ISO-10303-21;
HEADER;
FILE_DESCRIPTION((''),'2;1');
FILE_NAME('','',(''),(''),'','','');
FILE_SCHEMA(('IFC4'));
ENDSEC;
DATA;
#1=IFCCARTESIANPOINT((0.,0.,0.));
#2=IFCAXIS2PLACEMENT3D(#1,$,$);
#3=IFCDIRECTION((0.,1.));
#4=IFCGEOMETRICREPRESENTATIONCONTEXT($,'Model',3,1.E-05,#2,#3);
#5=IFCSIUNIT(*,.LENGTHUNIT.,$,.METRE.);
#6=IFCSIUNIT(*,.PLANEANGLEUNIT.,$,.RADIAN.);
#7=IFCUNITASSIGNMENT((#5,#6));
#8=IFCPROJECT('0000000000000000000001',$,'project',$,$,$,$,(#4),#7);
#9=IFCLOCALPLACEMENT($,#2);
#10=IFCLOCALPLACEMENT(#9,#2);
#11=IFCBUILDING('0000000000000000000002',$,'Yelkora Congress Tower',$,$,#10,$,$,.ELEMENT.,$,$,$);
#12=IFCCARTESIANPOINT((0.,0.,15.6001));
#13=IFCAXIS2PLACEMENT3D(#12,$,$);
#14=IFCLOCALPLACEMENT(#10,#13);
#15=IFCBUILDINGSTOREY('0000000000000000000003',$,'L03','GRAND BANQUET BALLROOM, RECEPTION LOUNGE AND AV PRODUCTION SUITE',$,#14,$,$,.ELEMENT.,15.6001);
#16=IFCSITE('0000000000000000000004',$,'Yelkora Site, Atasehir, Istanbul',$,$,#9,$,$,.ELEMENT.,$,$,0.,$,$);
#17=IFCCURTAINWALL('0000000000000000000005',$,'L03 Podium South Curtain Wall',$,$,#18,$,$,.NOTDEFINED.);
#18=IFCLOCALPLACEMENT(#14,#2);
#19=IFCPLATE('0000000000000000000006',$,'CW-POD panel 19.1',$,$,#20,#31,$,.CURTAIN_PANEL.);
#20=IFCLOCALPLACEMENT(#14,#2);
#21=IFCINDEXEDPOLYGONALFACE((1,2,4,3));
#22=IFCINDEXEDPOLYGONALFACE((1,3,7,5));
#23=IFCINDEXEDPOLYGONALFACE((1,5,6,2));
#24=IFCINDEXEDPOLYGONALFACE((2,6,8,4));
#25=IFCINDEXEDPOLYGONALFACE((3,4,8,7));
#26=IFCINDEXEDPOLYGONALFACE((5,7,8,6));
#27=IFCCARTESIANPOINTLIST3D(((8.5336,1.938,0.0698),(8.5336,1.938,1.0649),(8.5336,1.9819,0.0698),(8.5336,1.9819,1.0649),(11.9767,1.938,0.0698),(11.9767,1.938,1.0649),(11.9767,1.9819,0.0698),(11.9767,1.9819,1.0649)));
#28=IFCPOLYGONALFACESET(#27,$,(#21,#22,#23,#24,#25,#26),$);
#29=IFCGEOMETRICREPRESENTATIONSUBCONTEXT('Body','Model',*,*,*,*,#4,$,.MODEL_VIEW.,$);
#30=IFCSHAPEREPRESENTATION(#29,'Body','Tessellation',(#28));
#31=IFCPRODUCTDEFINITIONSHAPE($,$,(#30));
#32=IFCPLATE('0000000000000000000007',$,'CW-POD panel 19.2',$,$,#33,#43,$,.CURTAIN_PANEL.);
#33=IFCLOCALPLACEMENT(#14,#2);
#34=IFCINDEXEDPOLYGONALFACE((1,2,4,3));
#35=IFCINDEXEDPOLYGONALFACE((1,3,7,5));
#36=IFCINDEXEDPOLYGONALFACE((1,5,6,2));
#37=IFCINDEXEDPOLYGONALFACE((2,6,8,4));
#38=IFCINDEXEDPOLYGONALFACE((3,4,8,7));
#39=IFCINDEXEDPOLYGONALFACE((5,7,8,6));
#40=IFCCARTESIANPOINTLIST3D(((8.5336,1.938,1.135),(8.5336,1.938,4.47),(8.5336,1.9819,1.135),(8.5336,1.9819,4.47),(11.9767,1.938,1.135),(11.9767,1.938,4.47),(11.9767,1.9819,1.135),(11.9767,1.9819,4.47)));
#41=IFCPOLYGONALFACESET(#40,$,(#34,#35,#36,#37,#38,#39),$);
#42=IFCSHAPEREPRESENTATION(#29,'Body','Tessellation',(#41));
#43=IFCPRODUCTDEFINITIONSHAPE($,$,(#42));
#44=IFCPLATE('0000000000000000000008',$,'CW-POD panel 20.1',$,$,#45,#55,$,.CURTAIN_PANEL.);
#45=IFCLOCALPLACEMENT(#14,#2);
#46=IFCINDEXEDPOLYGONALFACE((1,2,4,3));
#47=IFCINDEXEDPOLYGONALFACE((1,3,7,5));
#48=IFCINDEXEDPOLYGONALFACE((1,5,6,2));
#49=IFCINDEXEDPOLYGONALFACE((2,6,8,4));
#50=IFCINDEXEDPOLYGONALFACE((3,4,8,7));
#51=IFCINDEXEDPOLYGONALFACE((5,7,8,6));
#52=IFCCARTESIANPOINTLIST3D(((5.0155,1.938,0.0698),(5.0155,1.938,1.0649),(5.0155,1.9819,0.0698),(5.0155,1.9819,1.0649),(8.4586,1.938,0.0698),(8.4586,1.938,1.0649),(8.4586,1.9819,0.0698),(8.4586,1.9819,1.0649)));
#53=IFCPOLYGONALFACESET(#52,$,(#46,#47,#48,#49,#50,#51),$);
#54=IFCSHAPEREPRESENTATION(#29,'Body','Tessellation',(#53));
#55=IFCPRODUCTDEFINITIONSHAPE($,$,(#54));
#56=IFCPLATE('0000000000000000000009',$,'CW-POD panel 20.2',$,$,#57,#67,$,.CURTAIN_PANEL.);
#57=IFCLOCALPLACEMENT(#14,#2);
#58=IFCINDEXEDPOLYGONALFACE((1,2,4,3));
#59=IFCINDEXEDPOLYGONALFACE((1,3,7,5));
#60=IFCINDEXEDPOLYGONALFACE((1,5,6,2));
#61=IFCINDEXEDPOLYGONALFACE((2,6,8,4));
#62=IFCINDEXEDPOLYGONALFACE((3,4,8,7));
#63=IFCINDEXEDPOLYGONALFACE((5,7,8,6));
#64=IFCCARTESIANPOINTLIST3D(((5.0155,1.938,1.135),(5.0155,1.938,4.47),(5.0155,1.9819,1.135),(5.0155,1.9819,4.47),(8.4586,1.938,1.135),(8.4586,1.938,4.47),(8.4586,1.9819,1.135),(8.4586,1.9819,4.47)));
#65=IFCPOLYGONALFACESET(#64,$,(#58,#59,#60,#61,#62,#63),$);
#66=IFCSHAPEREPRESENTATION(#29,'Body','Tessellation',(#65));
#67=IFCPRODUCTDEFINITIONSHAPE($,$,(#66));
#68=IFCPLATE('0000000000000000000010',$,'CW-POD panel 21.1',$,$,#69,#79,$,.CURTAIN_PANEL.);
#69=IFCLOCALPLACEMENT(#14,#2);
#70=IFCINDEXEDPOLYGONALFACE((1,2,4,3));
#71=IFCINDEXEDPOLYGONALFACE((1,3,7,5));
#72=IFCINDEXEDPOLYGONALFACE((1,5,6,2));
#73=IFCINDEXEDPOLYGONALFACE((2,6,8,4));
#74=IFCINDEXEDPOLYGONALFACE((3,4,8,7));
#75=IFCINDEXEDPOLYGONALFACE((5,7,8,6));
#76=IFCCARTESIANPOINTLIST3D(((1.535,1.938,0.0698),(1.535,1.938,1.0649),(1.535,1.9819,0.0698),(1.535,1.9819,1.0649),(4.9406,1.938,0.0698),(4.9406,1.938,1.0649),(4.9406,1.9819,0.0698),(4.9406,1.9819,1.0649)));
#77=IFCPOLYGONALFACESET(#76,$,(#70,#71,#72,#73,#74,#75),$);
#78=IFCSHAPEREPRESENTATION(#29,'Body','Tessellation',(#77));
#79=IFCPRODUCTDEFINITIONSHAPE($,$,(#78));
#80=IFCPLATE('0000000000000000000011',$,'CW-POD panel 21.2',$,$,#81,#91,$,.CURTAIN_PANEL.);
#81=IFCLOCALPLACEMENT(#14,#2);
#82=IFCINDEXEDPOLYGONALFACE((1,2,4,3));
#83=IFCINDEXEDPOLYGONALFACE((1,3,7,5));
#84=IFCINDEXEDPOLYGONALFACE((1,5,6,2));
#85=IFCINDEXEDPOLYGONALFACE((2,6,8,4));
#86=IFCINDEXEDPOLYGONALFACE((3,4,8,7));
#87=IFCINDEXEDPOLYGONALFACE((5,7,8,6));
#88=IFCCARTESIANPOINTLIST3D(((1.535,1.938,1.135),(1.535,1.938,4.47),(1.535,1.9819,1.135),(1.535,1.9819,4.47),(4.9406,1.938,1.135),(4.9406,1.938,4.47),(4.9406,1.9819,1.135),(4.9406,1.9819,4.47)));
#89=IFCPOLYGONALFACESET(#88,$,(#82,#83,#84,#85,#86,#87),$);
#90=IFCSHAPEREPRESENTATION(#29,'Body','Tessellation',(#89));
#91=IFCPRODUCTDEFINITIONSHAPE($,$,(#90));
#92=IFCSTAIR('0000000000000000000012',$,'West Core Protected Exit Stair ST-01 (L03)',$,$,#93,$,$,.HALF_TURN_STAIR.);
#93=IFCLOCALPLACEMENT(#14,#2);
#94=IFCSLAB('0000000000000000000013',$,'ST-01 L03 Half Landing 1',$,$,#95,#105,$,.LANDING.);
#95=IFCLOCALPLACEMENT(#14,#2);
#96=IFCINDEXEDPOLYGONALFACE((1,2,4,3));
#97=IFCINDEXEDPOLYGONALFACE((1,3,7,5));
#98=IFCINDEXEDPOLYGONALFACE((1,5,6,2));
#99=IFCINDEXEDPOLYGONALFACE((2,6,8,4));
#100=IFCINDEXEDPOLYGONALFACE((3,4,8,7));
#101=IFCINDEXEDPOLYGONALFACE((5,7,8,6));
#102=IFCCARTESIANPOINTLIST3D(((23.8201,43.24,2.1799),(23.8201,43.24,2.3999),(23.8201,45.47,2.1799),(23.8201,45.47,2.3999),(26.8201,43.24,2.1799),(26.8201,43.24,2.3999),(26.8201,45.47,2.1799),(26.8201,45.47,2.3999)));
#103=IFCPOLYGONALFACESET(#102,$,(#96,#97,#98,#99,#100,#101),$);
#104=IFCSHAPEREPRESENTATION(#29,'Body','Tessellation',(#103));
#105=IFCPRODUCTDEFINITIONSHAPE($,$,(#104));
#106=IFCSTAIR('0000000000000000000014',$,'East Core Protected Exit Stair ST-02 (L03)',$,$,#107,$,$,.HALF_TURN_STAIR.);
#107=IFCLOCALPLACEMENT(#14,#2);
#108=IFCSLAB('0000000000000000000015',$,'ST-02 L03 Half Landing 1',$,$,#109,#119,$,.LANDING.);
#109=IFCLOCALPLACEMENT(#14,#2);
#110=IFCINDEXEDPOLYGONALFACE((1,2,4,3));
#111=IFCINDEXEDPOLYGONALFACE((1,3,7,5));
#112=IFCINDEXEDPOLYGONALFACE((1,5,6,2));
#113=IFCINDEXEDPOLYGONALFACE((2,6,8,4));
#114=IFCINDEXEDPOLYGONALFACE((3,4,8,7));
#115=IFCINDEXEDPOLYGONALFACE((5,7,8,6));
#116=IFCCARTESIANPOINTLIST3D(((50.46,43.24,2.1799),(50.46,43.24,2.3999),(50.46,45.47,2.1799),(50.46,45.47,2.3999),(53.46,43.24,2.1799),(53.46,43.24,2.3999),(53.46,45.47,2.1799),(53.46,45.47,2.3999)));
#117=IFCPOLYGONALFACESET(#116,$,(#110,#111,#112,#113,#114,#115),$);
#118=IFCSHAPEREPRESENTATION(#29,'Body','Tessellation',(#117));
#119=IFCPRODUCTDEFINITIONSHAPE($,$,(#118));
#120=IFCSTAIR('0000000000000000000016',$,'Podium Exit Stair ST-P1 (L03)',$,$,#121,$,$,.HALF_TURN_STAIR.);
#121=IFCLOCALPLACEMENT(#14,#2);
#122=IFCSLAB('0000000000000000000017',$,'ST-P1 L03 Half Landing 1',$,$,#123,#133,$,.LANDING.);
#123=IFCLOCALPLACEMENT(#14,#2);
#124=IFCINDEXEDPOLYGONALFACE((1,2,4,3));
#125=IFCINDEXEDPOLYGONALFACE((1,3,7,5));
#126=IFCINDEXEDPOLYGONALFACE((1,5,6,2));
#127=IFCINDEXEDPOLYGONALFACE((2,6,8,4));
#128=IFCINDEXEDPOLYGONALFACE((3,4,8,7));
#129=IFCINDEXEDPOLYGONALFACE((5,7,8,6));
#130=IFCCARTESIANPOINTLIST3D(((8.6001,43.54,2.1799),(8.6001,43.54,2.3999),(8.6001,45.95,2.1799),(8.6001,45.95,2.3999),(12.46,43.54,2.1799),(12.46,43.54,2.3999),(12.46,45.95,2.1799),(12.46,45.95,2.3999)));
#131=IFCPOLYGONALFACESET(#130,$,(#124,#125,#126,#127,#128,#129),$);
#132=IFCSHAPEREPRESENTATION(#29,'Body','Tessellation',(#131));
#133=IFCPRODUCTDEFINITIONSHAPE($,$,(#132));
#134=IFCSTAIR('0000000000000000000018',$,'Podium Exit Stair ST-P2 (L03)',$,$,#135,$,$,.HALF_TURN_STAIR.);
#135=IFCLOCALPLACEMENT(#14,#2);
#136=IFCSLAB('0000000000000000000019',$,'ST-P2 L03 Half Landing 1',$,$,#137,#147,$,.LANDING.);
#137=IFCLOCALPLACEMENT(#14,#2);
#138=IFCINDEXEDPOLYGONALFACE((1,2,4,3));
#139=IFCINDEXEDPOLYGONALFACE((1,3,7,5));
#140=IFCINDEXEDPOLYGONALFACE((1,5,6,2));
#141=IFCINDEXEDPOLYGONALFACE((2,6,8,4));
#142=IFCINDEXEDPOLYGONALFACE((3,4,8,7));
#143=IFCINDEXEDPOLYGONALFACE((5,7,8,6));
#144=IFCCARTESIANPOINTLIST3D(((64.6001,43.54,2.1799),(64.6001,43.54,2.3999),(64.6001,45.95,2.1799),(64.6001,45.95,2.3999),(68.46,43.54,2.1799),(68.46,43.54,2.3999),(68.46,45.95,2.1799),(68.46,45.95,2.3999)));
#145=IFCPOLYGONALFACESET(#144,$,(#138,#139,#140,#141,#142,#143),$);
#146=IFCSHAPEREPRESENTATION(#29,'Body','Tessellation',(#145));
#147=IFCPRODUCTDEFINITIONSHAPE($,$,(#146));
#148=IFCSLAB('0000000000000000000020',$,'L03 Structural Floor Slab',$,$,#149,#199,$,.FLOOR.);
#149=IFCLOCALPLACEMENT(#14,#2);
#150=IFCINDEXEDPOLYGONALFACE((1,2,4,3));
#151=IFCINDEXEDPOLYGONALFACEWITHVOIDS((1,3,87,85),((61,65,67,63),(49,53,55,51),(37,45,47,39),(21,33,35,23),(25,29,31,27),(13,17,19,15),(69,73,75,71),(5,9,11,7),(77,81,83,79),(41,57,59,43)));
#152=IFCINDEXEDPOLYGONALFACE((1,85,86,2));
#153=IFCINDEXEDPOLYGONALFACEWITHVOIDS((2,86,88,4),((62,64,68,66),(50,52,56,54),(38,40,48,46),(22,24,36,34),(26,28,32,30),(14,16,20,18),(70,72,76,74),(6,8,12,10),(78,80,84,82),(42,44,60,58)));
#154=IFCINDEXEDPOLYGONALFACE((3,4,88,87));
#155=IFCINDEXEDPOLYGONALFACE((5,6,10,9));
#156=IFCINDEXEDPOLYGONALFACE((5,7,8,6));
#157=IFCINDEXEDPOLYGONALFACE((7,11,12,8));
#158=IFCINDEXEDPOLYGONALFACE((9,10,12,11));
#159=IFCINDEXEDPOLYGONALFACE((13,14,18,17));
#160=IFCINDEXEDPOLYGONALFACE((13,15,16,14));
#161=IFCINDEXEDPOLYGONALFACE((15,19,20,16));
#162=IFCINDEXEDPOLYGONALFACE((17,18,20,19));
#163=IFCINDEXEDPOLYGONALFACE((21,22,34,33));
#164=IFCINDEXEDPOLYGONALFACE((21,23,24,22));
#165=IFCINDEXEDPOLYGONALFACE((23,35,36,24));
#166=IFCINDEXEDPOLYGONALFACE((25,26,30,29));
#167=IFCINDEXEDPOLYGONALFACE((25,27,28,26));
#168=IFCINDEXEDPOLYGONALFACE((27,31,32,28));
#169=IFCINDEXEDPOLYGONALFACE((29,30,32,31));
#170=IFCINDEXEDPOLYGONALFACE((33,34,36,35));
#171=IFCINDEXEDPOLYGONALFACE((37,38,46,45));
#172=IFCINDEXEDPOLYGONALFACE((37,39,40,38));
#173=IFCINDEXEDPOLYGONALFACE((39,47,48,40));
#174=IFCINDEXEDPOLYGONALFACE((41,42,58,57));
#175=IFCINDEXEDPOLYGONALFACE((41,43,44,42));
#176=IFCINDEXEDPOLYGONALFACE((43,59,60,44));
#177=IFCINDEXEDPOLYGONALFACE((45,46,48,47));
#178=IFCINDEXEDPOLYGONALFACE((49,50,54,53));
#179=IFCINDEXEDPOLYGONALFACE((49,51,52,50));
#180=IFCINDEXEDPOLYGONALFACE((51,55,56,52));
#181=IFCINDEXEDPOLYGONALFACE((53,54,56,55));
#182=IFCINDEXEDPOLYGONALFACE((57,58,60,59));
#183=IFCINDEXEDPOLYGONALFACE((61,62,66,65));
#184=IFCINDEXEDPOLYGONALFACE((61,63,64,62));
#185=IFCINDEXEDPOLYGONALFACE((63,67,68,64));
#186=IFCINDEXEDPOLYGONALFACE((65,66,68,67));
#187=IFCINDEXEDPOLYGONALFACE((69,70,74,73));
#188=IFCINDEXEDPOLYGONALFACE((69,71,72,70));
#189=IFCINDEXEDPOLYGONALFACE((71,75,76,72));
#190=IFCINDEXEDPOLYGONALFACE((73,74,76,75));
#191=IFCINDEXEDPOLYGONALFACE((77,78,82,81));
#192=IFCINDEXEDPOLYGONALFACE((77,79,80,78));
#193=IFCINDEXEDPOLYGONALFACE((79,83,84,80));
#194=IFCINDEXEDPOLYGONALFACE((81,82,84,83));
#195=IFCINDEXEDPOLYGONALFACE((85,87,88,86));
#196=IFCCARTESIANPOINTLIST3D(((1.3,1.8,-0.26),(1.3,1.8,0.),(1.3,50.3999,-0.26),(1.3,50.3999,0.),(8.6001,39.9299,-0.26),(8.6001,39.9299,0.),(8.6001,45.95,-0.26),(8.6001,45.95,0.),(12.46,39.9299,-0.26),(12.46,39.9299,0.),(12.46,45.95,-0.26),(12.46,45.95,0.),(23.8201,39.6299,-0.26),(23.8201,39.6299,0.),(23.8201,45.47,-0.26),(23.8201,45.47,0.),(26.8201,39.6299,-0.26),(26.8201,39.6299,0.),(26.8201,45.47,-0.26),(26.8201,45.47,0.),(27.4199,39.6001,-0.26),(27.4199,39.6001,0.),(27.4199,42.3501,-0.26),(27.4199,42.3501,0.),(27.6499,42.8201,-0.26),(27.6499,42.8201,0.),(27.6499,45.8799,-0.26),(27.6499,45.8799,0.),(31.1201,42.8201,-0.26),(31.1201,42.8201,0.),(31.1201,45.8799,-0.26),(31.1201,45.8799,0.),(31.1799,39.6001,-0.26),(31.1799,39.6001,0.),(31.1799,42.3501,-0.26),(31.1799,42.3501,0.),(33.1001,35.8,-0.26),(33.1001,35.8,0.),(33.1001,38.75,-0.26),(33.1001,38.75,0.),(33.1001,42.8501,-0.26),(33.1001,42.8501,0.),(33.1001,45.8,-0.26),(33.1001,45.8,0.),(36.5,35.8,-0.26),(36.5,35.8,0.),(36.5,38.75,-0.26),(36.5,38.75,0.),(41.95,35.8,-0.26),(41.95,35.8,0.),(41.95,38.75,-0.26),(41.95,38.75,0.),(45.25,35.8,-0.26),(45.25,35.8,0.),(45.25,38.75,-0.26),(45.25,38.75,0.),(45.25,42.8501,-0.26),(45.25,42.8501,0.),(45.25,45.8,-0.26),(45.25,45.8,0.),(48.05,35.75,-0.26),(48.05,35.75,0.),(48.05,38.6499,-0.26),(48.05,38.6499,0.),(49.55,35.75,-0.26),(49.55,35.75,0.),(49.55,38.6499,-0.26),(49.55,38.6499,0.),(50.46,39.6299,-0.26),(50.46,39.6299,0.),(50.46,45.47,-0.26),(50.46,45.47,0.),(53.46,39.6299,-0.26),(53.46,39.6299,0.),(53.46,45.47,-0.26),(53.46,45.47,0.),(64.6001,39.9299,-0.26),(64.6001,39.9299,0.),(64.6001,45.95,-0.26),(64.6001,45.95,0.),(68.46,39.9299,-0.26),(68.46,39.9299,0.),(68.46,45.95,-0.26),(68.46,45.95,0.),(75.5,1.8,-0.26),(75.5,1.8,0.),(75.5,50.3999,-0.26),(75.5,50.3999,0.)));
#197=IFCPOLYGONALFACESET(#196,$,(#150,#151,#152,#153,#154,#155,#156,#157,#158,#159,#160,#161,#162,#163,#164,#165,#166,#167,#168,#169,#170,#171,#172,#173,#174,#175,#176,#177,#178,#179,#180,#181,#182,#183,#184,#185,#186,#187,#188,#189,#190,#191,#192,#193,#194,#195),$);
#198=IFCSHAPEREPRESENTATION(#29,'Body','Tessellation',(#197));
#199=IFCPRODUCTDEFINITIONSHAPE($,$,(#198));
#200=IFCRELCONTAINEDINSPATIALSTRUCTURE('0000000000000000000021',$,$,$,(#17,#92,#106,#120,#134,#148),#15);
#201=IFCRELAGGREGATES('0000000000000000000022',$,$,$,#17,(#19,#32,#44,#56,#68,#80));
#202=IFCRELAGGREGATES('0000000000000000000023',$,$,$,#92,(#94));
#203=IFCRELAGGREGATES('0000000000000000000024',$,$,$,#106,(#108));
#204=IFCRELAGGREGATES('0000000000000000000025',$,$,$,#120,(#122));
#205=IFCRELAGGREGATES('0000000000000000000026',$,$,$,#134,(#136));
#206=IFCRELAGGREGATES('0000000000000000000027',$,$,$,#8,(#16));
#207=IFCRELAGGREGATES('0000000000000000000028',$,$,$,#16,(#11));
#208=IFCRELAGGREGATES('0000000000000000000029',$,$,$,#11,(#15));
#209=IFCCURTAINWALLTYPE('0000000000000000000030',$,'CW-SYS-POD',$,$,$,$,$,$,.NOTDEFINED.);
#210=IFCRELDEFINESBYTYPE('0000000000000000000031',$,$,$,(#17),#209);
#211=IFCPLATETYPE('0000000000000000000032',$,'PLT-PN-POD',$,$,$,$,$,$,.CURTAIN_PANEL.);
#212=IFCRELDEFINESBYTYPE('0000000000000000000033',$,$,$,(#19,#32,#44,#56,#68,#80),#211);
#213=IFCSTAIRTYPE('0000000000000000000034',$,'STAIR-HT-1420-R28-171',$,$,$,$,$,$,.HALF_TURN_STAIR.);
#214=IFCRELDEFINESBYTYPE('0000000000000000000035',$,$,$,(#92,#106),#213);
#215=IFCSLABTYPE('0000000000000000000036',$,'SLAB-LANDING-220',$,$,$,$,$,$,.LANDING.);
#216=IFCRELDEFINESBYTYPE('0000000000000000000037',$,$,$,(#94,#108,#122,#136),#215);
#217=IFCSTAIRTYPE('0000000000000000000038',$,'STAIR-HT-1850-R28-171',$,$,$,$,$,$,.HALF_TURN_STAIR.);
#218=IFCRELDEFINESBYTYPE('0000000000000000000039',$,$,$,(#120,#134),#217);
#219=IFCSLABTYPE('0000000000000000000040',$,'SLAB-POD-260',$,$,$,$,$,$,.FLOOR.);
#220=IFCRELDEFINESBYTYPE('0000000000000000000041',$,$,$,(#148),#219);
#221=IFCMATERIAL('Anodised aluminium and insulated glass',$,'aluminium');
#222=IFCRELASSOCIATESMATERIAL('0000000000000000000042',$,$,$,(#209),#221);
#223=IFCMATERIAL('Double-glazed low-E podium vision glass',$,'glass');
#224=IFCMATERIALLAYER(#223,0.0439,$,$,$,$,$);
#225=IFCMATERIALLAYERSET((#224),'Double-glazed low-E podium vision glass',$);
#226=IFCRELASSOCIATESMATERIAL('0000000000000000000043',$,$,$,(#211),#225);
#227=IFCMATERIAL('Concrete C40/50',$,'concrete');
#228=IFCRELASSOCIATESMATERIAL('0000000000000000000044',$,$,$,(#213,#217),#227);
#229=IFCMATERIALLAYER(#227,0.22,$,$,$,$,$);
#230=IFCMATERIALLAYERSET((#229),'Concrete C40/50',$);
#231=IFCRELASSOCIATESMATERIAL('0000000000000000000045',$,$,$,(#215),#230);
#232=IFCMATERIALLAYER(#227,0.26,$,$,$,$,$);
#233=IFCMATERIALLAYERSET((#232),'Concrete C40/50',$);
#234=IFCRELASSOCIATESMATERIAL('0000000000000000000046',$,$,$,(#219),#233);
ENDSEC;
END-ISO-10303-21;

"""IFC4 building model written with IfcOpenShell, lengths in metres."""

from ifc_helpers import new_model, si_unit, direction, frame, origin, origin_2d, place, context, subcontext, project, spatial, polyline, rectangle, outline, extrude, material, layer, layer_set, type_object, element, aggregate, save


model = new_model("IFC4")

# Units and contexts
model_context = context("Model", 3, precision=1e-05, world=origin(), true_north=direction((0.0, 1.0)))
body_context = subcontext(model_context, "Body", "Model", "MODEL_VIEW")
ifc_project = project(units=[si_unit("LENGTHUNIT", "METRE"), si_unit("PLANEANGLEUNIT", "RADIAN")], contexts=[model_context])

# Site, building, storey
site_placement = place(None, origin())
site = spatial("IfcSite", under=ifc_project, at=site_placement, Name="Yelkora Site, Atasehir, Istanbul", CompositionType="ELEMENT", RefElevation=0.0)
building_placement = place(site_placement, origin())
building = spatial("IfcBuilding", under=site, at=building_placement, Name="Yelkora Congress Tower", CompositionType="ELEMENT")
storey_placement = place(building_placement, frame((0.0, 0.0, 15.6001)))
storey = spatial("IfcBuildingStorey", under=building, at=storey_placement, Name="L03", Description="GRAND BANQUET BALLROOM, RECEPTION LOUNGE AND AV PRODUCTION SUITE", CompositionType="ELEMENT", Elevation=15.6001)

# Curtain wall, plates
ifc_material_1 = material(Name="Anodised aluminium and insulated glass", Category="aluminium")
curtain_wall_type = type_object("IfcCurtainWallType", Name="CW-SYS-POD", PredefinedType="NOTDEFINED", material=ifc_material_1)
curtain_wall_placement = place(storey_placement, origin())
curtain_wall = element("IfcCurtainWall", 1, at=curtain_wall_placement, inside=storey, type_object=curtain_wall_type, Name="L03 Podium South Curtain Wall", PredefinedType="NOTDEFINED")
ifc_material_2 = material(Name="Double-glazed low-E podium vision glass", Category="glass")
ifc_layer_1 = layer(ifc_material_2, 0.0439)
ifc_layer_set_1 = layer_set([ifc_layer_1], Name="Double-glazed low-E podium vision glass")
plate_type = type_object("IfcPlateType", Name="PLT-PN-POD", PredefinedType="CURTAIN_PANEL", material=ifc_layer_set_1)
plate_1_placement = place(storey_placement, frame((10.2551, 1.96, 0.0698), z_axis=(0.0, 0.0, 1.0), x_axis=(-1.0, 0.0, 0.0)))
plate_1 = element("IfcPlate", 2, at=plate_1_placement, type_object=plate_type, Name="CW-POD panel 19.1", PredefinedType="CURTAIN_PANEL", context=body_context, shape_type="SweptSolid", body=[
    extrude(rectangle(XDim=3.4431, YDim=0.0439, at=origin_2d()), origin(), (0.0, 0.0, 1.0), 0.9951),
])
plate_2_placement = place(storey_placement, frame((10.2551, 1.96, 1.135), z_axis=(0.0, 0.0, 1.0), x_axis=(-1.0, 0.0, 0.0)))
plate_2 = element("IfcPlate", 3, at=plate_2_placement, type_object=plate_type, Name="CW-POD panel 19.2", PredefinedType="CURTAIN_PANEL", context=body_context, shape_type="SweptSolid", body=[
    extrude(rectangle(XDim=3.4431, YDim=0.0439, at=origin_2d()), origin(), (0.0, 0.0, 1.0), 3.335),
])
plate_3_placement = place(storey_placement, frame((6.7371, 1.96, 0.0698), z_axis=(0.0, 0.0, 1.0), x_axis=(-1.0, 0.0, 0.0)))
plate_3 = element("IfcPlate", 4, at=plate_3_placement, type_object=plate_type, Name="CW-POD panel 20.1", PredefinedType="CURTAIN_PANEL", context=body_context, shape_type="SweptSolid", body=[
    extrude(rectangle(XDim=3.4431, YDim=0.0439, at=origin_2d()), origin(), (0.0, 0.0, 1.0), 0.9951),
])
plate_4_placement = place(storey_placement, frame((6.7371, 1.96, 1.135), z_axis=(0.0, 0.0, 1.0), x_axis=(-1.0, 0.0, 0.0)))
plate_4 = element("IfcPlate", 5, at=plate_4_placement, type_object=plate_type, Name="CW-POD panel 20.2", PredefinedType="CURTAIN_PANEL", context=body_context, shape_type="SweptSolid", body=[
    extrude(rectangle(XDim=3.4431, YDim=0.0439, at=origin_2d()), origin(), (0.0, 0.0, 1.0), 3.335),
])
plate_5_placement = place(storey_placement, frame((3.2378, 1.96, 0.0698), z_axis=(0.0, 0.0, 1.0), x_axis=(-1.0, 0.0, 0.0)))
plate_5 = element("IfcPlate", 6, at=plate_5_placement, type_object=plate_type, Name="CW-POD panel 21.1", PredefinedType="CURTAIN_PANEL", context=body_context, shape_type="SweptSolid", body=[
    extrude(rectangle(XDim=3.4055, YDim=0.0439, at=origin_2d()), origin(), (0.0, 0.0, 1.0), 0.9951),
])
plate_6_placement = place(storey_placement, frame((3.2378, 1.96, 1.135), z_axis=(0.0, 0.0, 1.0), x_axis=(-1.0, 0.0, 0.0)))
plate_6 = element("IfcPlate", 7, at=plate_6_placement, type_object=plate_type, Name="CW-POD panel 21.2", PredefinedType="CURTAIN_PANEL", context=body_context, shape_type="SweptSolid", body=[
    extrude(rectangle(XDim=3.4055, YDim=0.0439, at=origin_2d()), origin(), (0.0, 0.0, 1.0), 3.335),
])
aggregate(curtain_wall, [plate_1, plate_2, plate_3, plate_4, plate_5, plate_6])

# Stairs, slabs
ifc_material_3 = material(Name="Concrete C40/50", Category="concrete")
stair_type_1 = type_object("IfcStairType", Name="STAIR-HT-1420-R28-171", PredefinedType="HALF_TURN_STAIR", material=ifc_material_3)
stair_1_placement = place(storey_placement, origin())
stair_1 = element("IfcStair", 8, at=stair_1_placement, inside=storey, type_object=stair_type_1, Name="West Core Protected Exit Stair ST-01 (L03)", PredefinedType="HALF_TURN_STAIR")
ifc_layer_2 = layer(ifc_material_3, 0.22)
ifc_layer_set_2 = layer_set([ifc_layer_2], Name="Concrete C40/50")
slab_type_1 = type_object("IfcSlabType", Name="SLAB-LANDING-220", PredefinedType="LANDING", material=ifc_layer_set_2)
slab_1_placement = place(storey_placement, frame((0.0, 0.0, 2.1799)))
slab_1 = element("IfcSlab", 9, at=slab_1_placement, type_object=slab_type_1, Name="ST-01 L03 Half Landing 1", PredefinedType="LANDING", context=body_context, shape_type="SweptSolid", body=[
    extrude(outline(polyline([(26.8201, 43.24), (26.8201, 45.47), (23.8201, 45.47), (23.8201, 43.24), (26.8201, 43.24)])), origin(), (0.0, 0.0, 1.0), 0.22),
])
aggregate(stair_1, [slab_1])
stair_2_placement = place(storey_placement, origin())
stair_2 = element("IfcStair", 10, at=stair_2_placement, inside=storey, type_object=stair_type_1, Name="East Core Protected Exit Stair ST-02 (L03)", PredefinedType="HALF_TURN_STAIR")
slab_2_placement = place(storey_placement, frame((0.0, 0.0, 2.1799)))
slab_2 = element("IfcSlab", 11, at=slab_2_placement, type_object=slab_type_1, Name="ST-02 L03 Half Landing 1", PredefinedType="LANDING", context=body_context, shape_type="SweptSolid", body=[
    extrude(outline(polyline([(53.46, 43.24), (53.46, 45.47), (50.46, 45.47), (50.46, 43.24), (53.46, 43.24)])), origin(), (0.0, 0.0, 1.0), 0.22),
])
aggregate(stair_2, [slab_2])
stair_type_2 = type_object("IfcStairType", Name="STAIR-HT-1850-R28-171", PredefinedType="HALF_TURN_STAIR", material=ifc_material_3)
stair_3_placement = place(storey_placement, origin())
stair_3 = element("IfcStair", 12, at=stair_3_placement, inside=storey, type_object=stair_type_2, Name="Podium Exit Stair ST-P1 (L03)", PredefinedType="HALF_TURN_STAIR")
slab_3_placement = place(storey_placement, frame((0.0, 0.0, 2.1799)))
slab_3 = element("IfcSlab", 13, at=slab_3_placement, type_object=slab_type_1, Name="ST-P1 L03 Half Landing 1", PredefinedType="LANDING", context=body_context, shape_type="SweptSolid", body=[
    extrude(outline(polyline([(12.46, 43.54), (12.46, 45.95), (8.6001, 45.95), (8.6001, 43.54), (12.46, 43.54)])), origin(), (0.0, 0.0, 1.0), 0.22),
])
aggregate(stair_3, [slab_3])
stair_4_placement = place(storey_placement, origin())
stair_4 = element("IfcStair", 14, at=stair_4_placement, inside=storey, type_object=stair_type_2, Name="Podium Exit Stair ST-P2 (L03)", PredefinedType="HALF_TURN_STAIR")
slab_4_placement = place(storey_placement, frame((0.0, 0.0, 2.1799)))
slab_4 = element("IfcSlab", 15, at=slab_4_placement, type_object=slab_type_1, Name="ST-P2 L03 Half Landing 1", PredefinedType="LANDING", context=body_context, shape_type="SweptSolid", body=[
    extrude(outline(polyline([(68.46, 43.54), (68.46, 45.95), (64.6001, 45.95), (64.6001, 43.54), (68.46, 43.54)])), origin(), (0.0, 0.0, 1.0), 0.22),
])
aggregate(stair_4, [slab_4])

# Slab
ifc_layer_3 = layer(ifc_material_3, 0.26)
ifc_layer_set_3 = layer_set([ifc_layer_3], Name="Concrete C40/50")
slab_type_2 = type_object("IfcSlabType", Name="SLAB-POD-260", PredefinedType="FLOOR", material=ifc_layer_set_3)
slab_5_placement = place(storey_placement, frame((0.0, 0.0, -0.26)))
element("IfcSlab", 16, at=slab_5_placement, inside=storey, type_object=slab_type_2, Name="L03 Structural Floor Slab", PredefinedType="FLOOR", context=body_context, shape_type="SweptSolid", body=[
    extrude(outline(polyline([(1.3, 1.8), (75.5, 1.8), (75.5, 50.3999), (1.3, 50.3999), (1.3, 1.8)]), holes=[polyline([(23.8201, 39.6299), (26.8201, 39.6299), (26.8201, 45.47), (23.8201, 45.47), (23.8201, 39.6299)]), polyline([(50.46, 39.6299), (53.46, 39.6299), (53.46, 45.47), (50.46, 45.47), (50.46, 39.6299)]), polyline([(8.6001, 39.9299), (12.46, 39.9299), (12.46, 45.95), (8.6001, 45.95), (8.6001, 39.9299)]), polyline([(64.6001, 39.9299), (68.46, 39.9299), (68.46, 45.95), (64.6001, 45.95), (64.6001, 39.9299)]), polyline([(48.05, 35.75), (49.55, 35.75), (49.55, 38.6499), (48.05, 38.6499), (48.05, 35.75)]), polyline([(41.95, 35.8), (45.25, 35.8), (45.25, 38.75), (41.95, 38.75), (41.95, 35.8)]), polyline([(33.1001, 42.8501), (45.25, 42.8501), (45.25, 45.8), (33.1001, 45.8), (33.1001, 42.8501)]), polyline([(33.1001, 35.8), (36.5, 35.8), (36.5, 38.75), (33.1001, 38.75), (33.1001, 35.8)]), polyline([(27.4199, 39.6001), (31.1799, 39.6001), (31.1799, 42.3501), (27.4199, 42.3501), (27.4199, 39.6001)]), polyline([(27.6499, 42.8201), (31.1201, 42.8201), (31.1201, 45.8799), (27.6499, 45.8799), (27.6499, 42.8201)])]), origin(), (0.0, 0.0, 1.0), 0.26),
])

save(model, "model.ifc")
